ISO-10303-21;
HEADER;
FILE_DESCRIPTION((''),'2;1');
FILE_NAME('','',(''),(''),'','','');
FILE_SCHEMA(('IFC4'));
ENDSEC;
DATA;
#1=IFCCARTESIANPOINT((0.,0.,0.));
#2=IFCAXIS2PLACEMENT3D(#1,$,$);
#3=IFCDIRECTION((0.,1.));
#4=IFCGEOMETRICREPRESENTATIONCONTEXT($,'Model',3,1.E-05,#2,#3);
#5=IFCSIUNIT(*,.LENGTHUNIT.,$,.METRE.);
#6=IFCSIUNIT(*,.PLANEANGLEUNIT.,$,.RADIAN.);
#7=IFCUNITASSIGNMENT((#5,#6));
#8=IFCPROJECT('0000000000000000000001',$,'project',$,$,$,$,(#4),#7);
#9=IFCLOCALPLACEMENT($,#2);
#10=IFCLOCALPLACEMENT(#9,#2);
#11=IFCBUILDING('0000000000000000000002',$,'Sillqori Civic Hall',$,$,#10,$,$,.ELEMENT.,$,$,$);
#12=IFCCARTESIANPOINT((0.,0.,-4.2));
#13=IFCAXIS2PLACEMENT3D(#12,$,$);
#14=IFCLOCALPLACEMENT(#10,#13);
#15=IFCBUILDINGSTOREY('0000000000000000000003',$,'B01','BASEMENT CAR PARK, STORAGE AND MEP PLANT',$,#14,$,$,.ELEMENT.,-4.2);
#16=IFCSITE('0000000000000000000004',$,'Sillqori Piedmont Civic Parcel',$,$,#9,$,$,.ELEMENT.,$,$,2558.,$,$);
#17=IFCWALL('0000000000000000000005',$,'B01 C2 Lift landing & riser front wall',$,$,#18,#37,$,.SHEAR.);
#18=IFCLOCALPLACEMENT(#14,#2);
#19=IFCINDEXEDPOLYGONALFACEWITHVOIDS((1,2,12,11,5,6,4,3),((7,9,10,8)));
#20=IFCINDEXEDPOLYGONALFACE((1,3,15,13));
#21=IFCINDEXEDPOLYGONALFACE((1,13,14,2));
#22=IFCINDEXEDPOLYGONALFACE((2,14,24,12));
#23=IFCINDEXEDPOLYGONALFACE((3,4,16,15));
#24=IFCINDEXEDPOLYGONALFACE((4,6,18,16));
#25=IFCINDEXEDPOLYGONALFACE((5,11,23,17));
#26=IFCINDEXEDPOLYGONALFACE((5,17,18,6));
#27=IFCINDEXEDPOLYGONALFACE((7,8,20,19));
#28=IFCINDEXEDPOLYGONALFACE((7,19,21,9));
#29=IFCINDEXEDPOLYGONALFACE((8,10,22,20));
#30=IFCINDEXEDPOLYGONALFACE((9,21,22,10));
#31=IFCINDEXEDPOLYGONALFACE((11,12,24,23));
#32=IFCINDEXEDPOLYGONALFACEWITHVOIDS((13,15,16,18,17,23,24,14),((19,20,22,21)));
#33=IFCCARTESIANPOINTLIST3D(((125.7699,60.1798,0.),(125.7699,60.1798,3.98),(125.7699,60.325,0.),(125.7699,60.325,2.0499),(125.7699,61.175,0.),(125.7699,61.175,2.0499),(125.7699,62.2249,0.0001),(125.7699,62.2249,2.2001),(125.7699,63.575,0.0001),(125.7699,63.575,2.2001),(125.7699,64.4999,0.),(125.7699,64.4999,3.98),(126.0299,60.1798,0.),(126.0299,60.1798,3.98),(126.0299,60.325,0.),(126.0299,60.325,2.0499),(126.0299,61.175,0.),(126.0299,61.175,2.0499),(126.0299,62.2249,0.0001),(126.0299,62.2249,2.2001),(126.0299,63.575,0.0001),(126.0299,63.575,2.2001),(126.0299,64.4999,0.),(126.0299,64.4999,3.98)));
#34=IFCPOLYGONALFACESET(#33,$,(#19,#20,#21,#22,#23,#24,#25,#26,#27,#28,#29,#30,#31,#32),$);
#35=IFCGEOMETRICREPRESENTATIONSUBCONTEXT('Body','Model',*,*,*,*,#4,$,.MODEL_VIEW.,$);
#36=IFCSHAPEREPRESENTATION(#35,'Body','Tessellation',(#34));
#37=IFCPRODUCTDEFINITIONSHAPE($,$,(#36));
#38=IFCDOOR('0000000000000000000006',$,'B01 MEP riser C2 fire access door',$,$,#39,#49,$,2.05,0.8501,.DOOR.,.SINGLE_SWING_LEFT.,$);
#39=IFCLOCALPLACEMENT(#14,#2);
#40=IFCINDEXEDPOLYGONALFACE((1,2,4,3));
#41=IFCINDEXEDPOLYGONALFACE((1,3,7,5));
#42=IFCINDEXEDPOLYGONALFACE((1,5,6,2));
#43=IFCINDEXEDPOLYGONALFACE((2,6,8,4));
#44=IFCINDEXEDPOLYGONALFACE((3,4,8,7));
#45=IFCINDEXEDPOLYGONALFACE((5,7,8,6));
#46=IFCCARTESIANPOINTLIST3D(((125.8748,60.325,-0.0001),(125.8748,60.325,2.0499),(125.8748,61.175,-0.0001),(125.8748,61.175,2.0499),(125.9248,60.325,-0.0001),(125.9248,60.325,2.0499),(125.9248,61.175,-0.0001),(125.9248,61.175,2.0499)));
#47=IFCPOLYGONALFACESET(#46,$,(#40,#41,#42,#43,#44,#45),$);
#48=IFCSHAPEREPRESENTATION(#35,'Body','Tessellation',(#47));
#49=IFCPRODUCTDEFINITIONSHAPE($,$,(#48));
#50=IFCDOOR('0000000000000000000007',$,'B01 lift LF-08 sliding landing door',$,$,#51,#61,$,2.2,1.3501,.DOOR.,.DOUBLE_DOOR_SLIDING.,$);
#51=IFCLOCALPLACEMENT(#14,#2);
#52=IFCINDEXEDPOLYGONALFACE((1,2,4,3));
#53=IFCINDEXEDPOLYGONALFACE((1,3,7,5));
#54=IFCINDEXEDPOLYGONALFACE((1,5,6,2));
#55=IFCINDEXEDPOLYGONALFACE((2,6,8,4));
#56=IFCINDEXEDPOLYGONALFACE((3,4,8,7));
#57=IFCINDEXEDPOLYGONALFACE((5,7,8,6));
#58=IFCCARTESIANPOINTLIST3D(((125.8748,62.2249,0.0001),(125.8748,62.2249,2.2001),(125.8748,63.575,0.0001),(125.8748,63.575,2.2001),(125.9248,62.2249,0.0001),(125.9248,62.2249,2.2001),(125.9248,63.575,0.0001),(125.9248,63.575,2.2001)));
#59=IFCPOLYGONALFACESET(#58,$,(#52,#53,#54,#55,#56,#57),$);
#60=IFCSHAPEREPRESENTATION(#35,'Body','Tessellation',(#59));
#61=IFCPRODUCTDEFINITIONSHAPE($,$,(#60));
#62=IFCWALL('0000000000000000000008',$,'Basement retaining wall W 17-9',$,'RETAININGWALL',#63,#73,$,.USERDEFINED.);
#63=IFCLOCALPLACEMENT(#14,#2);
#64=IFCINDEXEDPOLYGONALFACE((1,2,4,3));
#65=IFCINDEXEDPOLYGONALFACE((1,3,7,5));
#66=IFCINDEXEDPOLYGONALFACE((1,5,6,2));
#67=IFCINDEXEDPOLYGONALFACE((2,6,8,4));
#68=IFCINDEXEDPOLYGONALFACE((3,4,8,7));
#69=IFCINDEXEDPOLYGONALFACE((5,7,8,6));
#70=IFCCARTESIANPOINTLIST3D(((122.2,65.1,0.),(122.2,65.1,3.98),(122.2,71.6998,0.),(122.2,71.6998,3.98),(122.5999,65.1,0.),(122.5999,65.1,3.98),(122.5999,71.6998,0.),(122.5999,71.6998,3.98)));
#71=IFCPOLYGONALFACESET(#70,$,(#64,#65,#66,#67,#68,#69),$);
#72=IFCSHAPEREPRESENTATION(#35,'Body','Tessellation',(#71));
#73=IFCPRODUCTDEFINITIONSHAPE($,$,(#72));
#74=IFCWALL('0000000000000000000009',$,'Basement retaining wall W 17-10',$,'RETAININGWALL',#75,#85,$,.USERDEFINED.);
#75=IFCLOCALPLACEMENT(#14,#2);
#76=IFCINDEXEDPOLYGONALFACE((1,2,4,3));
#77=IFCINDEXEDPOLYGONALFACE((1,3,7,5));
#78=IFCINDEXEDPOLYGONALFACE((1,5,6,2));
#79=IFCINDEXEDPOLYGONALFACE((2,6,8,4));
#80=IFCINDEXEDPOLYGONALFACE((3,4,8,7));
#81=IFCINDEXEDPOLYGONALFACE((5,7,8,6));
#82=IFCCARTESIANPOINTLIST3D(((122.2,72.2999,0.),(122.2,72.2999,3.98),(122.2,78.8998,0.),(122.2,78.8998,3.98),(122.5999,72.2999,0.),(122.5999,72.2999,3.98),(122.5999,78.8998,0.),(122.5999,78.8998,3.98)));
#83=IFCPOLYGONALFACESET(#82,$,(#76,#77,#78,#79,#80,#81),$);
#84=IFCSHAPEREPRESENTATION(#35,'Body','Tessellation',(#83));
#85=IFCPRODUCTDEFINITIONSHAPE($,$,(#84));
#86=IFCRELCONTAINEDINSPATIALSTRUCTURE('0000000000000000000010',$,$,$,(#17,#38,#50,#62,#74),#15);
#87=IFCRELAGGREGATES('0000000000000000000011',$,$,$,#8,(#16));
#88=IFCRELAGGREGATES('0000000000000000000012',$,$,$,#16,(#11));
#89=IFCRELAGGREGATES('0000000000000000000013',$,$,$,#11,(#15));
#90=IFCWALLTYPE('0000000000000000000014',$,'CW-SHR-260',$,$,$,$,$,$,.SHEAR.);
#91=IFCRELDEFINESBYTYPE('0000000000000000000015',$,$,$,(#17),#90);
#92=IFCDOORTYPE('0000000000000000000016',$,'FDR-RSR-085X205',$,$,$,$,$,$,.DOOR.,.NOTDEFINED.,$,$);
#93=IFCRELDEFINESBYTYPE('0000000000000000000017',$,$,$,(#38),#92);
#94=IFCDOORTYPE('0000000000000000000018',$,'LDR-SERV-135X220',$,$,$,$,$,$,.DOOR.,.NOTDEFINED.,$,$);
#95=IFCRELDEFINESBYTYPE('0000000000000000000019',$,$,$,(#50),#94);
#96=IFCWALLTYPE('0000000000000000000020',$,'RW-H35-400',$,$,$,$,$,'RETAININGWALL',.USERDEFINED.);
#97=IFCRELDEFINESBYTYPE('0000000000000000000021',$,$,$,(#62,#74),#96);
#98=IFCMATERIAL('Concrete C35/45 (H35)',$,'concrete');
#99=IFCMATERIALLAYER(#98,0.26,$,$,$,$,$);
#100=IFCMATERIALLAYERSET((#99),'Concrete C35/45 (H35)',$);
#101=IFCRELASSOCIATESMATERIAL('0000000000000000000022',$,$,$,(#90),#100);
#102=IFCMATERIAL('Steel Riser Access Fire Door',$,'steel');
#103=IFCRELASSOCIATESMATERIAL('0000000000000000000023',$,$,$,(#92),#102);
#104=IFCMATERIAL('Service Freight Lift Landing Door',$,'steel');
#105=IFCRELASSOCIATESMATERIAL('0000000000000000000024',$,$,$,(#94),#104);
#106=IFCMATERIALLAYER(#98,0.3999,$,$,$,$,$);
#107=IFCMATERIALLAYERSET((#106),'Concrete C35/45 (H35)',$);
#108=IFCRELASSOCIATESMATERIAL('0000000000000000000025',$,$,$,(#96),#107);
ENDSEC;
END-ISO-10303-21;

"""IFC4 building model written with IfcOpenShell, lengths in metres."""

from ifc_helpers import new_model, si_unit, direction, frame, frame_2d, origin, place, context, subcontext, project, spatial, rectangle, extrude, material, layer, layer_set, type_object, element, fill, save


model = new_model("IFC4")

# Units and contexts
model_context = context("Model", 3, precision=1e-05, world=origin(), true_north=direction((0.0, 1.0)))
body_context = subcontext(model_context, "Body", "Model", "MODEL_VIEW")
ifc_project = project(units=[si_unit("LENGTHUNIT", "METRE"), si_unit("PLANEANGLEUNIT", "RADIAN")], contexts=[model_context])

# Site, building, storey
site_placement = place(None, origin())
site = spatial("IfcSite", under=ifc_project, at=site_placement, Name="Sillqori Piedmont Civic Parcel", CompositionType="ELEMENT", RefElevation=2558.0)
building_placement = place(site_placement, origin())
building = spatial("IfcBuilding", under=site, at=building_placement, Name="Sillqori Civic Hall", CompositionType="ELEMENT")
storey_placement = place(building_placement, frame((0.0, 0.0, -4.2)))
storey = spatial("IfcBuildingStorey", under=building, at=storey_placement, Name="B01", Description="BASEMENT CAR PARK, STORAGE AND MEP PLANT", CompositionType="ELEMENT", Elevation=-4.2)

# Shared definitions
ifc_material_1 = material(Name="Concrete C35/45 (H35)", Category="concrete")

# Wall, openings, doors
ifc_layer_1 = layer(ifc_material_1, 0.26)
ifc_layer_set_1 = layer_set([ifc_layer_1], Name="Concrete C35/45 (H35)")
wall_type_1 = type_object("IfcWallType", Name="CW-SHR-260", PredefinedType="SHEAR", material=ifc_layer_set_1)
wall_placement = place(storey_placement, frame((125.8999, 64.5, 0.0), z_axis=(0.0, 0.0, 1.0), x_axis=(0.0, -1.0, 0.0)))
wall = element("IfcWall", 1, at=wall_placement, inside=storey, type_object=wall_type_1, Name="B01 C2 Lift landing & riser front wall", PredefinedType="SHEAR", context=body_context, shape_type="SweptSolid", body=[
    extrude(rectangle(XDim=4.3201, YDim=0.26, at=frame_2d((2.1602, 0.0))), origin(), (0.0, 0.0, 1.0), 3.98),
])
opening_1_placement = place(wall_placement, frame((0.925, 0.0, 0.0)))
opening_1 = element("IfcOpeningElement", 2, at=opening_1_placement, cuts=wall, PredefinedType="OPENING", context=body_context, shape_type="SweptSolid", body=[
    extrude(rectangle(XDim=1.3501, YDim=2.2, at=frame_2d((0.675, 1.1001))), frame((0.0, 0.1399, 0.0), z_axis=(0.0, -1.0, 0.0), x_axis=(1.0, 0.0, 0.0)), (0.0, 0.0, 1.0), 0.28),
])
opening_2_placement = place(wall_placement, frame((3.325, 0.0, 0.0)))
opening_2 = element("IfcOpeningElement", 3, at=opening_2_placement, cuts=wall, PredefinedType="OPENING", context=body_context, shape_type="SweptSolid", body=[
    extrude(rectangle(XDim=0.8501, YDim=2.05, at=frame_2d((0.425, 1.0249))), frame((0.0, 0.1399, 0.0), z_axis=(0.0, -1.0, 0.0), x_axis=(1.0, 0.0, 0.0)), (0.0, 0.0, 1.0), 0.28),
])
ifc_material_2 = material(Name="Steel Riser Access Fire Door", Category="steel")
door_type_1 = type_object("IfcDoorType", Name="FDR-RSR-085X205", OperationType="NOTDEFINED", PredefinedType="DOOR", material=ifc_material_2)
door_1_placement = place(opening_2_placement, origin())
door_1 = element("IfcDoor", 4, at=door_1_placement, inside=storey, type_object=door_type_1, Name="B01 MEP riser C2 fire access door", OperationType="SINGLE_SWING_LEFT", OverallHeight=2.05, OverallWidth=0.8501, PredefinedType="DOOR", context=body_context, shape_type="SweptSolid", body=[
    extrude(rectangle(XDim=0.8501, YDim=2.05, at=frame_2d((0.425, 1.0249))), frame((0.0, 0.0249, 0.0), z_axis=(0.0, -1.0, 0.0), x_axis=(1.0, 0.0, 0.0)), (0.0, 0.0, 1.0), 0.05),
])
fill(opening_2, door_1)
ifc_material_3 = material(Name="Service Freight Lift Landing Door", Category="steel")
door_type_2 = type_object("IfcDoorType", Name="LDR-SERV-135X220", OperationType="NOTDEFINED", PredefinedType="DOOR", material=ifc_material_3)
door_2_placement = place(opening_1_placement, origin())
door_2 = element("IfcDoor", 5, at=door_2_placement, inside=storey, type_object=door_type_2, Name="B01 lift LF-08 sliding landing door", OperationType="DOUBLE_DOOR_SLIDING", OverallHeight=2.2, OverallWidth=1.3501, PredefinedType="DOOR", context=body_context, shape_type="SweptSolid", body=[
    extrude(rectangle(XDim=1.3501, YDim=2.2, at=frame_2d((0.675, 1.1001))), frame((0.0, 0.0249, 0.0), z_axis=(0.0, -1.0, 0.0), x_axis=(1.0, 0.0, 0.0)), (0.0, 0.0, 1.0), 0.05),
])
fill(opening_1, door_2)

# Walls
ifc_layer_2 = layer(ifc_material_1, 0.3999)
ifc_layer_set_2 = layer_set([ifc_layer_2], Name="Concrete C35/45 (H35)")
wall_type_2 = type_object("IfcWallType", Name="RW-H35-400", ElementType="RETAININGWALL", PredefinedType="USERDEFINED", material=ifc_layer_set_2)
for number, where, z_axis, x_axis, name in (
    (6, (122.3999, 65.1001, 0.0), (0.0, 0.0, 1.0), (0.0, 1.0, 0.0), "Basement retaining wall W 17-9"),
    (7, (122.3999, 72.3, 0.0), (0.0, 0.0, 1.0), (0.0, 1.0, 0.0), "Basement retaining wall W 17-10"),
):
    element("IfcWall", number, at=place(storey_placement, frame(where, z_axis=z_axis, x_axis=x_axis)), inside=storey, type_object=wall_type_2, Name=name, ObjectType="RETAININGWALL", PredefinedType="USERDEFINED", context=body_context, shape_type="SweptSolid", body=[
        extrude(rectangle(XDim=6.5999, YDim=0.3999, at=frame_2d((3.2998, 0.0))), origin(), (0.0, 0.0, 1.0), 3.98),
    ])

save(model, "model.ifc")
